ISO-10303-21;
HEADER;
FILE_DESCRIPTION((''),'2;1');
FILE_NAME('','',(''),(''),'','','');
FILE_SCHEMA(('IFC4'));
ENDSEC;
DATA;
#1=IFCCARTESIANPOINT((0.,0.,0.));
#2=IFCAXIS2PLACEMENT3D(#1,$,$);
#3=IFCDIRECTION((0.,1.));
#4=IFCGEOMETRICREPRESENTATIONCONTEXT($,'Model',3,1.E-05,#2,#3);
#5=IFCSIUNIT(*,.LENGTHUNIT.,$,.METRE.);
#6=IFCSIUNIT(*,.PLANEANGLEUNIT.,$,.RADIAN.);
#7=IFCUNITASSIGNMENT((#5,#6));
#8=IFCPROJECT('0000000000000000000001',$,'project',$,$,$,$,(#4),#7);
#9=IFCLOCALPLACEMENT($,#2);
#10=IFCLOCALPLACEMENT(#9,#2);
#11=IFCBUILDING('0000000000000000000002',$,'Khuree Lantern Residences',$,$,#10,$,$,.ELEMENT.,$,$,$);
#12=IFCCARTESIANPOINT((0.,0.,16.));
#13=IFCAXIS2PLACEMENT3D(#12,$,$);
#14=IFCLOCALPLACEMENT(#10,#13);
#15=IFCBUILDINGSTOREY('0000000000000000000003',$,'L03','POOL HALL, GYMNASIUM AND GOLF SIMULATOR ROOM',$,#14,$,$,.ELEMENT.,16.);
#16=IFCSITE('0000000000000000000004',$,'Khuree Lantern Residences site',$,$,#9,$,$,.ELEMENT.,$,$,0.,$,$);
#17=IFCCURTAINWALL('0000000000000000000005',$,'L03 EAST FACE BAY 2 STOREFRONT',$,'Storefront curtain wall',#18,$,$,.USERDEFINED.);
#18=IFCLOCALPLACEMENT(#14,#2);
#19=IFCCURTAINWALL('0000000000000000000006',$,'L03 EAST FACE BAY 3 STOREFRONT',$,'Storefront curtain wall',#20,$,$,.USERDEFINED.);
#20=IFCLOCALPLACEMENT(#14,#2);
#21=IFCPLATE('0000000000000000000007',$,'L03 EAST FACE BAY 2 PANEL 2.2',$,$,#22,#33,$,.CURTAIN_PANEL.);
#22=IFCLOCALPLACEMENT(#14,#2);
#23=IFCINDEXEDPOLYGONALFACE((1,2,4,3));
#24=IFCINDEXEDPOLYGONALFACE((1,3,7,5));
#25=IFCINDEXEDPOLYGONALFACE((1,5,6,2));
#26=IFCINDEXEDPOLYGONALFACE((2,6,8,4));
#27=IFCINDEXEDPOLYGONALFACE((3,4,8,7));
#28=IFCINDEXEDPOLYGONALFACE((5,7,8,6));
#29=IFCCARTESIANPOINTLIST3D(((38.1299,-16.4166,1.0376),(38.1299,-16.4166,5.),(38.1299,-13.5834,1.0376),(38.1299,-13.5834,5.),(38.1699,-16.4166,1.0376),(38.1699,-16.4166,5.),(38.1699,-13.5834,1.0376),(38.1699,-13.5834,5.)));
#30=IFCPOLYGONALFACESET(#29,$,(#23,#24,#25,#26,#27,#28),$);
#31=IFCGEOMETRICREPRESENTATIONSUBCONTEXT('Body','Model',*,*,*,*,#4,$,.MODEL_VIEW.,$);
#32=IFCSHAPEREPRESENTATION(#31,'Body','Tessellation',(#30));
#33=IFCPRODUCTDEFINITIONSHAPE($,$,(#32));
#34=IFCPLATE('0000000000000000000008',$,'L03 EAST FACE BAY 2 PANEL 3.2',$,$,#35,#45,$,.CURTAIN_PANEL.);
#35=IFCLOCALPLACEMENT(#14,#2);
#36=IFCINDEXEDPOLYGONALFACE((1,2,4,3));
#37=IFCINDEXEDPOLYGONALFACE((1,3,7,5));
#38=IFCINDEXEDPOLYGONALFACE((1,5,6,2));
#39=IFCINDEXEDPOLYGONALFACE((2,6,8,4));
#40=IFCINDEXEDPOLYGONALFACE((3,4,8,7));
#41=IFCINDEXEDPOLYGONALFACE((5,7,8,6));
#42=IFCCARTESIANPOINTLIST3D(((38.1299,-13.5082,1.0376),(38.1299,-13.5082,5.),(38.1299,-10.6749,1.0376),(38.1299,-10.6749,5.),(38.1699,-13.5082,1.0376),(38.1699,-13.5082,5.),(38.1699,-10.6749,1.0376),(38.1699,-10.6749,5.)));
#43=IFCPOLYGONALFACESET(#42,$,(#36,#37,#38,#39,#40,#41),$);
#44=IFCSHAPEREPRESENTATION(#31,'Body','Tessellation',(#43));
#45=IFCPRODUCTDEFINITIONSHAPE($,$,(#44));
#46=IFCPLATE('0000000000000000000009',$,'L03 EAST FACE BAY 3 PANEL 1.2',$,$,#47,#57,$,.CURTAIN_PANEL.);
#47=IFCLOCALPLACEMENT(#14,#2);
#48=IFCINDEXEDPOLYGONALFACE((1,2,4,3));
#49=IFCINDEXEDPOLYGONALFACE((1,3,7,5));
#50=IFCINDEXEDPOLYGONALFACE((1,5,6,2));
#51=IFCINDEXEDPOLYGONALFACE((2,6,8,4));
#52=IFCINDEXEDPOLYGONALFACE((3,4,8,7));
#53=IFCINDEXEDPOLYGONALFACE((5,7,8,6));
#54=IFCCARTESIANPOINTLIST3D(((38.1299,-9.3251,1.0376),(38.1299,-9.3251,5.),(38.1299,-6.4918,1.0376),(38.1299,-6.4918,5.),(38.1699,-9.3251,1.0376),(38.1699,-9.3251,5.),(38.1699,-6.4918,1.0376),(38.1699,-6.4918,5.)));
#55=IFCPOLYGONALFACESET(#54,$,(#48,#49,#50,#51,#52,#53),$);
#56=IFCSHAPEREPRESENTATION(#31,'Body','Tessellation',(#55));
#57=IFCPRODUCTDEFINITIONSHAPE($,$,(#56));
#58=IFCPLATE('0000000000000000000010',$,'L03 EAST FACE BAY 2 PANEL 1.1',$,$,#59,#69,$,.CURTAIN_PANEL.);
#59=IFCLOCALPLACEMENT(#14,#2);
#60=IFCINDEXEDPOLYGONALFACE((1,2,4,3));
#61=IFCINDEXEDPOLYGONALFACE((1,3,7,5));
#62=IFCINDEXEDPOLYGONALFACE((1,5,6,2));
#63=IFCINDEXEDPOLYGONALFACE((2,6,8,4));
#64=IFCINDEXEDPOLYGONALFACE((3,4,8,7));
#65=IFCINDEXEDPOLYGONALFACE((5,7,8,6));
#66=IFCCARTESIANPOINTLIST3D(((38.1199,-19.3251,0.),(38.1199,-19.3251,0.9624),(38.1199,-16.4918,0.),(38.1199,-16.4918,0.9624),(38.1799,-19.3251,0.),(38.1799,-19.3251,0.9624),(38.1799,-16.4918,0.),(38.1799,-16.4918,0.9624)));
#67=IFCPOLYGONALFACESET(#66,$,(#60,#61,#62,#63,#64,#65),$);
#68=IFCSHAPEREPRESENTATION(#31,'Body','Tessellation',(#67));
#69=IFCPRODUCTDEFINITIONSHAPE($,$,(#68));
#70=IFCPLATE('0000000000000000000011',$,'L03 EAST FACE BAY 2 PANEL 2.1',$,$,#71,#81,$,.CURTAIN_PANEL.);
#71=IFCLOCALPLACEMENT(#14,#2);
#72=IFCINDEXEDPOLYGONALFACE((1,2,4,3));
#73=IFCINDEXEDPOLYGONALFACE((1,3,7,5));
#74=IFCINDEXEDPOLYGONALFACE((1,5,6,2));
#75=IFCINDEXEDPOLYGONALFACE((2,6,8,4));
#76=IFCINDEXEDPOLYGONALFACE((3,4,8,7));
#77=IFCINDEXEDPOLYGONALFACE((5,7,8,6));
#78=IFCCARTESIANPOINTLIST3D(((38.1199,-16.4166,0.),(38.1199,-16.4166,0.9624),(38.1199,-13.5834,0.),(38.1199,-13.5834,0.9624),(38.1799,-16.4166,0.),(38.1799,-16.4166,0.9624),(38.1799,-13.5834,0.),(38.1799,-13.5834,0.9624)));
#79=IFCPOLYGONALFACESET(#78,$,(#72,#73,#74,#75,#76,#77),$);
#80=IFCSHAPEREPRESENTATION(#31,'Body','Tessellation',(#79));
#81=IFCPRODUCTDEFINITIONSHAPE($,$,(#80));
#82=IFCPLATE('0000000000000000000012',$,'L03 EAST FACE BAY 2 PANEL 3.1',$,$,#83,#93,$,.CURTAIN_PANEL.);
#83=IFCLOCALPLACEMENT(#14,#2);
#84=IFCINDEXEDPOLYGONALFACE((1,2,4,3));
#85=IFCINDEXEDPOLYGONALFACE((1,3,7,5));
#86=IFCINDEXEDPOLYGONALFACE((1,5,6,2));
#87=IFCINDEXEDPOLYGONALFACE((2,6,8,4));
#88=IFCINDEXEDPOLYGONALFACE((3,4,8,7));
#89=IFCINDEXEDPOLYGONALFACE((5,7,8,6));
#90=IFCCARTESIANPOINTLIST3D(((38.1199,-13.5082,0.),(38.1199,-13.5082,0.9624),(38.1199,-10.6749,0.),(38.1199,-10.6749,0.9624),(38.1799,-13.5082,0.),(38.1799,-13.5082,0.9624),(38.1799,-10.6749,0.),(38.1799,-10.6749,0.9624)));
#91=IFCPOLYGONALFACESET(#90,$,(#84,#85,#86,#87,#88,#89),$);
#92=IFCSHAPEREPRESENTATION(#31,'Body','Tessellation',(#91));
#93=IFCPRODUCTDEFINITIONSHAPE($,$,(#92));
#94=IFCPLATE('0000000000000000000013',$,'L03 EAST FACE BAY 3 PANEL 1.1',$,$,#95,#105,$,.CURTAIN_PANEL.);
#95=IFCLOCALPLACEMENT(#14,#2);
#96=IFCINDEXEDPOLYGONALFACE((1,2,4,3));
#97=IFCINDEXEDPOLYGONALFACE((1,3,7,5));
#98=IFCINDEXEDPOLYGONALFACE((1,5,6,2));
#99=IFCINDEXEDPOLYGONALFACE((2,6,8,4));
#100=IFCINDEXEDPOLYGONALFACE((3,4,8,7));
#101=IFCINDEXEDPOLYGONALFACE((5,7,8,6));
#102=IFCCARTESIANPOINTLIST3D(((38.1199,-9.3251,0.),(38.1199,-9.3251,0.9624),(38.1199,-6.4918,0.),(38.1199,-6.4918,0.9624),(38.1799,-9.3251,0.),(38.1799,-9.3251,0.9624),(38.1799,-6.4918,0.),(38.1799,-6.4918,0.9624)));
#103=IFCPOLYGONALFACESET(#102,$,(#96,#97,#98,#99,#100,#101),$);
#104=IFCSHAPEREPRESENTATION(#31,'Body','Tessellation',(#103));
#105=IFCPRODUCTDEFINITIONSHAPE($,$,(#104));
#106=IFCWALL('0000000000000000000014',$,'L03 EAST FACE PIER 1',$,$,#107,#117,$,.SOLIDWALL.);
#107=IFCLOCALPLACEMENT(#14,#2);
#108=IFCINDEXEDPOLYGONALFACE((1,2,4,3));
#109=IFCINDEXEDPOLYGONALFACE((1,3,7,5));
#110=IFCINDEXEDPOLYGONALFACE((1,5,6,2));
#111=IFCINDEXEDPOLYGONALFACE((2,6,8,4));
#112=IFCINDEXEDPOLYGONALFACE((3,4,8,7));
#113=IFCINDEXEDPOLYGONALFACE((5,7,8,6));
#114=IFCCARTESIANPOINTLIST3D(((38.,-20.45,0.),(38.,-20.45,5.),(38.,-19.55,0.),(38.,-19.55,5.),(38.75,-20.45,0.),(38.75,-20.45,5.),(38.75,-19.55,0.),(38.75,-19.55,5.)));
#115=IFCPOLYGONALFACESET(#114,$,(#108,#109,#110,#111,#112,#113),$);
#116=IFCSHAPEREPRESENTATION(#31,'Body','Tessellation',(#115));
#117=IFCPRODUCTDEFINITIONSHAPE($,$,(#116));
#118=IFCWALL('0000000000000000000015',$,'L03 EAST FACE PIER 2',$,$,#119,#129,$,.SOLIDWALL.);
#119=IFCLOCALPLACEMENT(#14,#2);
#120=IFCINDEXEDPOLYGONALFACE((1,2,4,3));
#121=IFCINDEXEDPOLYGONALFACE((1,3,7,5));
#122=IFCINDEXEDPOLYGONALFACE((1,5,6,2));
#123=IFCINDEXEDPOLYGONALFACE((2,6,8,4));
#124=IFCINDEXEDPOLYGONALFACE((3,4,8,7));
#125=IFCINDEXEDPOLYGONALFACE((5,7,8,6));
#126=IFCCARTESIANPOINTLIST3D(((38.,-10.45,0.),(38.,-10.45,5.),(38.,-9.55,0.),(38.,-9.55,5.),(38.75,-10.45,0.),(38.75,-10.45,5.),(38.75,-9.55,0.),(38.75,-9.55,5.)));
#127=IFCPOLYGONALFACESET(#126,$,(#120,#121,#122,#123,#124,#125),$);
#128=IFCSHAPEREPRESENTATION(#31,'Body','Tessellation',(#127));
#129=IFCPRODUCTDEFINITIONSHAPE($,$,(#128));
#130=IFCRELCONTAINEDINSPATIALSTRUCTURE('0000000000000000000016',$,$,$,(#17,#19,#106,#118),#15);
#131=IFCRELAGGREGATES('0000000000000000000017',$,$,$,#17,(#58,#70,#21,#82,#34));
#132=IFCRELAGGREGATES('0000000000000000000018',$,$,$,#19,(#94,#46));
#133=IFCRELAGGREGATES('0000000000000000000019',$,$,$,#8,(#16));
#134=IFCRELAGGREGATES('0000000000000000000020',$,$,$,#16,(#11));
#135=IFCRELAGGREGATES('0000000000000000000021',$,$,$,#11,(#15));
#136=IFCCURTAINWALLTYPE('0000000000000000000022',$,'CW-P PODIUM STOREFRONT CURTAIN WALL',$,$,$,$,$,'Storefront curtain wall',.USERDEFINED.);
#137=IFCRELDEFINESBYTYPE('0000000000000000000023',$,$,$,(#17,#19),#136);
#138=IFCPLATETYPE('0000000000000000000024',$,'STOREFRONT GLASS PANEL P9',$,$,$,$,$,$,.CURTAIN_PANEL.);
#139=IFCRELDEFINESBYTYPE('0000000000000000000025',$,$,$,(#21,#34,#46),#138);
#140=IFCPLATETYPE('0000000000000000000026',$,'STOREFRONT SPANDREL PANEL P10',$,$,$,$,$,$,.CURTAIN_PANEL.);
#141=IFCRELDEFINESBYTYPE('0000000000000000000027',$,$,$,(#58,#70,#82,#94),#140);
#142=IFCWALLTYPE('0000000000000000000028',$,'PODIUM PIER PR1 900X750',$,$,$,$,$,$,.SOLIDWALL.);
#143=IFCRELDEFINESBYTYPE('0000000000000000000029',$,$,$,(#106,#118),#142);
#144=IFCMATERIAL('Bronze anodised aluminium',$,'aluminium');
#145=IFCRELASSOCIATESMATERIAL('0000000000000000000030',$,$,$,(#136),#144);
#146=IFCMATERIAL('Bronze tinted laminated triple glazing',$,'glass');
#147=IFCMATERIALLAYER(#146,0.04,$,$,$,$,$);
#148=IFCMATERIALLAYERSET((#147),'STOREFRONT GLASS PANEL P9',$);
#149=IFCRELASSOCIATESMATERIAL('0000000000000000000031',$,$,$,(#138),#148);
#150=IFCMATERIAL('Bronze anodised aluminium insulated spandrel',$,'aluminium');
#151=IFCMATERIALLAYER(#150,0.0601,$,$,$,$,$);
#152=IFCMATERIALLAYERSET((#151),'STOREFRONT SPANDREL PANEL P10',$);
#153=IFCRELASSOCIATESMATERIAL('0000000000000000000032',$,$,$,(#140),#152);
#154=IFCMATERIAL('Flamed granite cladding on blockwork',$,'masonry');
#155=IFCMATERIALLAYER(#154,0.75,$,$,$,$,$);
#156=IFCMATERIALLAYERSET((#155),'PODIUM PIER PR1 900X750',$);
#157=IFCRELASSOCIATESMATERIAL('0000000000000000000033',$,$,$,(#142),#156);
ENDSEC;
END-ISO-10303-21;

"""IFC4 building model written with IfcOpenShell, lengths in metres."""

from ifc_helpers import new_model, si_unit, direction, frame, frame_2d, origin, origin_2d, place, context, subcontext, project, spatial, rectangle, extrude, material, layer, layer_set, type_object, element, aggregate, save


model = new_model("IFC4")

# Units and contexts
model_context = context("Model", 3, precision=1e-05, world=origin(), true_north=direction((0.0, 1.0)))
body_context = subcontext(model_context, "Body", "Model", "MODEL_VIEW")
ifc_project = project(units=[si_unit("LENGTHUNIT", "METRE"), si_unit("PLANEANGLEUNIT", "RADIAN")], contexts=[model_context])

# Site, building, storey
site_placement = place(None, origin())
site = spatial("IfcSite", under=ifc_project, at=site_placement, Name="Khuree Lantern Residences site", CompositionType="ELEMENT", RefElevation=0.0)
building_placement = place(site_placement, origin())
building = spatial("IfcBuilding", under=site, at=building_placement, Name="Khuree Lantern Residences", CompositionType="ELEMENT")
storey_placement = place(building_placement, frame((0.0, 0.0, 16.0)))
storey = spatial("IfcBuildingStorey", under=building, at=storey_placement, Name="L03", Description="POOL HALL, GYMNASIUM AND GOLF SIMULATOR ROOM", CompositionType="ELEMENT", Elevation=16.0)

# Shared definitions
ifc_material_1 = material(Name="Bronze anodised aluminium", Category="aluminium")
curtain_wall_type = type_object("IfcCurtainWallType", Name="CW-P PODIUM STOREFRONT CURTAIN WALL", ElementType="Storefront curtain wall", PredefinedType="USERDEFINED", material=ifc_material_1)

# Curtain wall
curtain_wall_1_placement = place(storey_placement, origin())
curtain_wall_1 = element("IfcCurtainWall", 1, at=curtain_wall_1_placement, inside=storey, type_object=curtain_wall_type, Name="L03 EAST FACE BAY 2 STOREFRONT", ObjectType="Storefront curtain wall", PredefinedType="USERDEFINED")

# Curtain wall
curtain_wall_2_placement = place(storey_placement, origin())
curtain_wall_2 = element("IfcCurtainWall", 2, at=curtain_wall_2_placement, inside=storey, type_object=curtain_wall_type, Name="L03 EAST FACE BAY 3 STOREFRONT", ObjectType="Storefront curtain wall", PredefinedType="USERDEFINED")

# Plates
ifc_material_2 = material(Name="Bronze tinted laminated triple glazing", Category="glass")
ifc_layer_1 = layer(ifc_material_2, 0.04)
ifc_layer_set_1 = layer_set([ifc_layer_1], Name="STOREFRONT GLASS PANEL P9")
plate_type_1 = type_object("IfcPlateType", Name="STOREFRONT GLASS PANEL P9", PredefinedType="CURTAIN_PANEL", material=ifc_layer_set_1)
plate_1_placement = place(storey_placement, frame((38.1499, -15.0, 1.0376), z_axis=(0.0, 0.0, 1.0), x_axis=(0.0, 1.0, 0.0)))
plate_1 = element("IfcPlate", 3, at=plate_1_placement, type_object=plate_type_1, Name="L03 EAST FACE BAY 2 PANEL 2.2", PredefinedType="CURTAIN_PANEL", context=body_context, shape_type="SweptSolid", body=[
    extrude(rectangle(XDim=2.8333, YDim=0.04, at=origin_2d()), origin(), (0.0, 0.0, 1.0), 3.9624),
])
plate_2_placement = place(storey_placement, frame((38.1499, -12.0916, 1.0376), z_axis=(0.0, 0.0, 1.0), x_axis=(0.0, 1.0, 0.0)))
plate_2 = element("IfcPlate", 4, at=plate_2_placement, type_object=plate_type_1, Name="L03 EAST FACE BAY 2 PANEL 3.2", PredefinedType="CURTAIN_PANEL", context=body_context, shape_type="SweptSolid", body=[
    extrude(rectangle(XDim=2.8333, YDim=0.04, at=origin_2d()), origin(), (0.0, 0.0, 1.0), 3.9624),
])
plate_3_placement = place(storey_placement, frame((38.1499, -7.9084, 1.0376), z_axis=(0.0, 0.0, 1.0), x_axis=(0.0, 1.0, 0.0)))
plate_3 = element("IfcPlate", 5, at=plate_3_placement, type_object=plate_type_1, Name="L03 EAST FACE BAY 3 PANEL 1.2", PredefinedType="CURTAIN_PANEL", context=body_context, shape_type="SweptSolid", body=[
    extrude(rectangle(XDim=2.8333, YDim=0.04, at=origin_2d()), origin(), (0.0, 0.0, 1.0), 3.9624),
])
ifc_material_3 = material(Name="Bronze anodised aluminium insulated spandrel", Category="aluminium")
ifc_layer_2 = layer(ifc_material_3, 0.0601)
ifc_layer_set_2 = layer_set([ifc_layer_2], Name="STOREFRONT SPANDREL PANEL P10")
plate_type_2 = type_object("IfcPlateType", Name="STOREFRONT SPANDREL PANEL P10", PredefinedType="CURTAIN_PANEL", material=ifc_layer_set_2)
plate_4_placement = place(storey_placement, frame((38.1499, -17.9084, 0.0), z_axis=(0.0, 0.0, 1.0), x_axis=(0.0, 1.0, 0.0)))
plate_4 = element("IfcPlate", 6, at=plate_4_placement, type_object=plate_type_2, Name="L03 EAST FACE BAY 2 PANEL 1.1", PredefinedType="CURTAIN_PANEL", context=body_context, shape_type="SweptSolid", body=[
    extrude(rectangle(XDim=2.8333, YDim=0.0601, at=origin_2d()), origin(), (0.0, 0.0, 1.0), 0.9624),
])
plate_5_placement = place(storey_placement, frame((38.1499, -15.0, 0.0), z_axis=(0.0, 0.0, 1.0), x_axis=(0.0, 1.0, 0.0)))
plate_5 = element("IfcPlate", 7, at=plate_5_placement, type_object=plate_type_2, Name="L03 EAST FACE BAY 2 PANEL 2.1", PredefinedType="CURTAIN_PANEL", context=body_context, shape_type="SweptSolid", body=[
    extrude(rectangle(XDim=2.8333, YDim=0.0601, at=origin_2d()), origin(), (0.0, 0.0, 1.0), 0.9624),
])
plate_6_placement = place(storey_placement, frame((38.1499, -12.0916, 0.0), z_axis=(0.0, 0.0, 1.0), x_axis=(0.0, 1.0, 0.0)))
plate_6 = element("IfcPlate", 8, at=plate_6_placement, type_object=plate_type_2, Name="L03 EAST FACE BAY 2 PANEL 3.1", PredefinedType="CURTAIN_PANEL", context=body_context, shape_type="SweptSolid", body=[
    extrude(rectangle(XDim=2.8333, YDim=0.0601, at=origin_2d()), origin(), (0.0, 0.0, 1.0), 0.9624),
])
aggregate(curtain_wall_1, [plate_4, plate_5, plate_1, plate_6, plate_2])
plate_7_placement = place(storey_placement, frame((38.1499, -7.9084, 0.0), z_axis=(0.0, 0.0, 1.0), x_axis=(0.0, 1.0, 0.0)))
plate_7 = element("IfcPlate", 9, at=plate_7_placement, type_object=plate_type_2, Name="L03 EAST FACE BAY 3 PANEL 1.1", PredefinedType="CURTAIN_PANEL", context=body_context, shape_type="SweptSolid", body=[
    extrude(rectangle(XDim=2.8333, YDim=0.0601, at=origin_2d()), origin(), (0.0, 0.0, 1.0), 0.9624),
])
aggregate(curtain_wall_2, [plate_7, plate_3])

# Walls
ifc_material_4 = material(Name="Flamed granite cladding on blockwork", Category="masonry")
ifc_layer_3 = layer(ifc_material_4, 0.75)
ifc_layer_set_3 = layer_set([ifc_layer_3], Name="PODIUM PIER PR1 900X750")
wall_type = type_object("IfcWallType", Name="PODIUM PIER PR1 900X750", PredefinedType="SOLIDWALL", material=ifc_layer_set_3)
for number, where, z_axis, x_axis, name in (
    (10, (38.375, -20.45, 0.0), (0.0, 0.0, 1.0), (0.0, 1.0, 0.0), "L03 EAST FACE PIER 1"),
    (11, (38.375, -10.45, 0.0), (0.0, 0.0, 1.0), (0.0, 1.0, 0.0), "L03 EAST FACE PIER 2"),
):
    element("IfcWall", number, at=place(storey_placement, frame(where, z_axis=z_axis, x_axis=x_axis)), inside=storey, type_object=wall_type, Name=name, PredefinedType="SOLIDWALL", context=body_context, shape_type="SweptSolid", body=[
        extrude(rectangle(XDim=0.8999, YDim=0.75, at=frame_2d((0.45, 0.0))), origin(), (0.0, 0.0, 1.0), 5.0),
    ])

save(model, "model.ifc")
